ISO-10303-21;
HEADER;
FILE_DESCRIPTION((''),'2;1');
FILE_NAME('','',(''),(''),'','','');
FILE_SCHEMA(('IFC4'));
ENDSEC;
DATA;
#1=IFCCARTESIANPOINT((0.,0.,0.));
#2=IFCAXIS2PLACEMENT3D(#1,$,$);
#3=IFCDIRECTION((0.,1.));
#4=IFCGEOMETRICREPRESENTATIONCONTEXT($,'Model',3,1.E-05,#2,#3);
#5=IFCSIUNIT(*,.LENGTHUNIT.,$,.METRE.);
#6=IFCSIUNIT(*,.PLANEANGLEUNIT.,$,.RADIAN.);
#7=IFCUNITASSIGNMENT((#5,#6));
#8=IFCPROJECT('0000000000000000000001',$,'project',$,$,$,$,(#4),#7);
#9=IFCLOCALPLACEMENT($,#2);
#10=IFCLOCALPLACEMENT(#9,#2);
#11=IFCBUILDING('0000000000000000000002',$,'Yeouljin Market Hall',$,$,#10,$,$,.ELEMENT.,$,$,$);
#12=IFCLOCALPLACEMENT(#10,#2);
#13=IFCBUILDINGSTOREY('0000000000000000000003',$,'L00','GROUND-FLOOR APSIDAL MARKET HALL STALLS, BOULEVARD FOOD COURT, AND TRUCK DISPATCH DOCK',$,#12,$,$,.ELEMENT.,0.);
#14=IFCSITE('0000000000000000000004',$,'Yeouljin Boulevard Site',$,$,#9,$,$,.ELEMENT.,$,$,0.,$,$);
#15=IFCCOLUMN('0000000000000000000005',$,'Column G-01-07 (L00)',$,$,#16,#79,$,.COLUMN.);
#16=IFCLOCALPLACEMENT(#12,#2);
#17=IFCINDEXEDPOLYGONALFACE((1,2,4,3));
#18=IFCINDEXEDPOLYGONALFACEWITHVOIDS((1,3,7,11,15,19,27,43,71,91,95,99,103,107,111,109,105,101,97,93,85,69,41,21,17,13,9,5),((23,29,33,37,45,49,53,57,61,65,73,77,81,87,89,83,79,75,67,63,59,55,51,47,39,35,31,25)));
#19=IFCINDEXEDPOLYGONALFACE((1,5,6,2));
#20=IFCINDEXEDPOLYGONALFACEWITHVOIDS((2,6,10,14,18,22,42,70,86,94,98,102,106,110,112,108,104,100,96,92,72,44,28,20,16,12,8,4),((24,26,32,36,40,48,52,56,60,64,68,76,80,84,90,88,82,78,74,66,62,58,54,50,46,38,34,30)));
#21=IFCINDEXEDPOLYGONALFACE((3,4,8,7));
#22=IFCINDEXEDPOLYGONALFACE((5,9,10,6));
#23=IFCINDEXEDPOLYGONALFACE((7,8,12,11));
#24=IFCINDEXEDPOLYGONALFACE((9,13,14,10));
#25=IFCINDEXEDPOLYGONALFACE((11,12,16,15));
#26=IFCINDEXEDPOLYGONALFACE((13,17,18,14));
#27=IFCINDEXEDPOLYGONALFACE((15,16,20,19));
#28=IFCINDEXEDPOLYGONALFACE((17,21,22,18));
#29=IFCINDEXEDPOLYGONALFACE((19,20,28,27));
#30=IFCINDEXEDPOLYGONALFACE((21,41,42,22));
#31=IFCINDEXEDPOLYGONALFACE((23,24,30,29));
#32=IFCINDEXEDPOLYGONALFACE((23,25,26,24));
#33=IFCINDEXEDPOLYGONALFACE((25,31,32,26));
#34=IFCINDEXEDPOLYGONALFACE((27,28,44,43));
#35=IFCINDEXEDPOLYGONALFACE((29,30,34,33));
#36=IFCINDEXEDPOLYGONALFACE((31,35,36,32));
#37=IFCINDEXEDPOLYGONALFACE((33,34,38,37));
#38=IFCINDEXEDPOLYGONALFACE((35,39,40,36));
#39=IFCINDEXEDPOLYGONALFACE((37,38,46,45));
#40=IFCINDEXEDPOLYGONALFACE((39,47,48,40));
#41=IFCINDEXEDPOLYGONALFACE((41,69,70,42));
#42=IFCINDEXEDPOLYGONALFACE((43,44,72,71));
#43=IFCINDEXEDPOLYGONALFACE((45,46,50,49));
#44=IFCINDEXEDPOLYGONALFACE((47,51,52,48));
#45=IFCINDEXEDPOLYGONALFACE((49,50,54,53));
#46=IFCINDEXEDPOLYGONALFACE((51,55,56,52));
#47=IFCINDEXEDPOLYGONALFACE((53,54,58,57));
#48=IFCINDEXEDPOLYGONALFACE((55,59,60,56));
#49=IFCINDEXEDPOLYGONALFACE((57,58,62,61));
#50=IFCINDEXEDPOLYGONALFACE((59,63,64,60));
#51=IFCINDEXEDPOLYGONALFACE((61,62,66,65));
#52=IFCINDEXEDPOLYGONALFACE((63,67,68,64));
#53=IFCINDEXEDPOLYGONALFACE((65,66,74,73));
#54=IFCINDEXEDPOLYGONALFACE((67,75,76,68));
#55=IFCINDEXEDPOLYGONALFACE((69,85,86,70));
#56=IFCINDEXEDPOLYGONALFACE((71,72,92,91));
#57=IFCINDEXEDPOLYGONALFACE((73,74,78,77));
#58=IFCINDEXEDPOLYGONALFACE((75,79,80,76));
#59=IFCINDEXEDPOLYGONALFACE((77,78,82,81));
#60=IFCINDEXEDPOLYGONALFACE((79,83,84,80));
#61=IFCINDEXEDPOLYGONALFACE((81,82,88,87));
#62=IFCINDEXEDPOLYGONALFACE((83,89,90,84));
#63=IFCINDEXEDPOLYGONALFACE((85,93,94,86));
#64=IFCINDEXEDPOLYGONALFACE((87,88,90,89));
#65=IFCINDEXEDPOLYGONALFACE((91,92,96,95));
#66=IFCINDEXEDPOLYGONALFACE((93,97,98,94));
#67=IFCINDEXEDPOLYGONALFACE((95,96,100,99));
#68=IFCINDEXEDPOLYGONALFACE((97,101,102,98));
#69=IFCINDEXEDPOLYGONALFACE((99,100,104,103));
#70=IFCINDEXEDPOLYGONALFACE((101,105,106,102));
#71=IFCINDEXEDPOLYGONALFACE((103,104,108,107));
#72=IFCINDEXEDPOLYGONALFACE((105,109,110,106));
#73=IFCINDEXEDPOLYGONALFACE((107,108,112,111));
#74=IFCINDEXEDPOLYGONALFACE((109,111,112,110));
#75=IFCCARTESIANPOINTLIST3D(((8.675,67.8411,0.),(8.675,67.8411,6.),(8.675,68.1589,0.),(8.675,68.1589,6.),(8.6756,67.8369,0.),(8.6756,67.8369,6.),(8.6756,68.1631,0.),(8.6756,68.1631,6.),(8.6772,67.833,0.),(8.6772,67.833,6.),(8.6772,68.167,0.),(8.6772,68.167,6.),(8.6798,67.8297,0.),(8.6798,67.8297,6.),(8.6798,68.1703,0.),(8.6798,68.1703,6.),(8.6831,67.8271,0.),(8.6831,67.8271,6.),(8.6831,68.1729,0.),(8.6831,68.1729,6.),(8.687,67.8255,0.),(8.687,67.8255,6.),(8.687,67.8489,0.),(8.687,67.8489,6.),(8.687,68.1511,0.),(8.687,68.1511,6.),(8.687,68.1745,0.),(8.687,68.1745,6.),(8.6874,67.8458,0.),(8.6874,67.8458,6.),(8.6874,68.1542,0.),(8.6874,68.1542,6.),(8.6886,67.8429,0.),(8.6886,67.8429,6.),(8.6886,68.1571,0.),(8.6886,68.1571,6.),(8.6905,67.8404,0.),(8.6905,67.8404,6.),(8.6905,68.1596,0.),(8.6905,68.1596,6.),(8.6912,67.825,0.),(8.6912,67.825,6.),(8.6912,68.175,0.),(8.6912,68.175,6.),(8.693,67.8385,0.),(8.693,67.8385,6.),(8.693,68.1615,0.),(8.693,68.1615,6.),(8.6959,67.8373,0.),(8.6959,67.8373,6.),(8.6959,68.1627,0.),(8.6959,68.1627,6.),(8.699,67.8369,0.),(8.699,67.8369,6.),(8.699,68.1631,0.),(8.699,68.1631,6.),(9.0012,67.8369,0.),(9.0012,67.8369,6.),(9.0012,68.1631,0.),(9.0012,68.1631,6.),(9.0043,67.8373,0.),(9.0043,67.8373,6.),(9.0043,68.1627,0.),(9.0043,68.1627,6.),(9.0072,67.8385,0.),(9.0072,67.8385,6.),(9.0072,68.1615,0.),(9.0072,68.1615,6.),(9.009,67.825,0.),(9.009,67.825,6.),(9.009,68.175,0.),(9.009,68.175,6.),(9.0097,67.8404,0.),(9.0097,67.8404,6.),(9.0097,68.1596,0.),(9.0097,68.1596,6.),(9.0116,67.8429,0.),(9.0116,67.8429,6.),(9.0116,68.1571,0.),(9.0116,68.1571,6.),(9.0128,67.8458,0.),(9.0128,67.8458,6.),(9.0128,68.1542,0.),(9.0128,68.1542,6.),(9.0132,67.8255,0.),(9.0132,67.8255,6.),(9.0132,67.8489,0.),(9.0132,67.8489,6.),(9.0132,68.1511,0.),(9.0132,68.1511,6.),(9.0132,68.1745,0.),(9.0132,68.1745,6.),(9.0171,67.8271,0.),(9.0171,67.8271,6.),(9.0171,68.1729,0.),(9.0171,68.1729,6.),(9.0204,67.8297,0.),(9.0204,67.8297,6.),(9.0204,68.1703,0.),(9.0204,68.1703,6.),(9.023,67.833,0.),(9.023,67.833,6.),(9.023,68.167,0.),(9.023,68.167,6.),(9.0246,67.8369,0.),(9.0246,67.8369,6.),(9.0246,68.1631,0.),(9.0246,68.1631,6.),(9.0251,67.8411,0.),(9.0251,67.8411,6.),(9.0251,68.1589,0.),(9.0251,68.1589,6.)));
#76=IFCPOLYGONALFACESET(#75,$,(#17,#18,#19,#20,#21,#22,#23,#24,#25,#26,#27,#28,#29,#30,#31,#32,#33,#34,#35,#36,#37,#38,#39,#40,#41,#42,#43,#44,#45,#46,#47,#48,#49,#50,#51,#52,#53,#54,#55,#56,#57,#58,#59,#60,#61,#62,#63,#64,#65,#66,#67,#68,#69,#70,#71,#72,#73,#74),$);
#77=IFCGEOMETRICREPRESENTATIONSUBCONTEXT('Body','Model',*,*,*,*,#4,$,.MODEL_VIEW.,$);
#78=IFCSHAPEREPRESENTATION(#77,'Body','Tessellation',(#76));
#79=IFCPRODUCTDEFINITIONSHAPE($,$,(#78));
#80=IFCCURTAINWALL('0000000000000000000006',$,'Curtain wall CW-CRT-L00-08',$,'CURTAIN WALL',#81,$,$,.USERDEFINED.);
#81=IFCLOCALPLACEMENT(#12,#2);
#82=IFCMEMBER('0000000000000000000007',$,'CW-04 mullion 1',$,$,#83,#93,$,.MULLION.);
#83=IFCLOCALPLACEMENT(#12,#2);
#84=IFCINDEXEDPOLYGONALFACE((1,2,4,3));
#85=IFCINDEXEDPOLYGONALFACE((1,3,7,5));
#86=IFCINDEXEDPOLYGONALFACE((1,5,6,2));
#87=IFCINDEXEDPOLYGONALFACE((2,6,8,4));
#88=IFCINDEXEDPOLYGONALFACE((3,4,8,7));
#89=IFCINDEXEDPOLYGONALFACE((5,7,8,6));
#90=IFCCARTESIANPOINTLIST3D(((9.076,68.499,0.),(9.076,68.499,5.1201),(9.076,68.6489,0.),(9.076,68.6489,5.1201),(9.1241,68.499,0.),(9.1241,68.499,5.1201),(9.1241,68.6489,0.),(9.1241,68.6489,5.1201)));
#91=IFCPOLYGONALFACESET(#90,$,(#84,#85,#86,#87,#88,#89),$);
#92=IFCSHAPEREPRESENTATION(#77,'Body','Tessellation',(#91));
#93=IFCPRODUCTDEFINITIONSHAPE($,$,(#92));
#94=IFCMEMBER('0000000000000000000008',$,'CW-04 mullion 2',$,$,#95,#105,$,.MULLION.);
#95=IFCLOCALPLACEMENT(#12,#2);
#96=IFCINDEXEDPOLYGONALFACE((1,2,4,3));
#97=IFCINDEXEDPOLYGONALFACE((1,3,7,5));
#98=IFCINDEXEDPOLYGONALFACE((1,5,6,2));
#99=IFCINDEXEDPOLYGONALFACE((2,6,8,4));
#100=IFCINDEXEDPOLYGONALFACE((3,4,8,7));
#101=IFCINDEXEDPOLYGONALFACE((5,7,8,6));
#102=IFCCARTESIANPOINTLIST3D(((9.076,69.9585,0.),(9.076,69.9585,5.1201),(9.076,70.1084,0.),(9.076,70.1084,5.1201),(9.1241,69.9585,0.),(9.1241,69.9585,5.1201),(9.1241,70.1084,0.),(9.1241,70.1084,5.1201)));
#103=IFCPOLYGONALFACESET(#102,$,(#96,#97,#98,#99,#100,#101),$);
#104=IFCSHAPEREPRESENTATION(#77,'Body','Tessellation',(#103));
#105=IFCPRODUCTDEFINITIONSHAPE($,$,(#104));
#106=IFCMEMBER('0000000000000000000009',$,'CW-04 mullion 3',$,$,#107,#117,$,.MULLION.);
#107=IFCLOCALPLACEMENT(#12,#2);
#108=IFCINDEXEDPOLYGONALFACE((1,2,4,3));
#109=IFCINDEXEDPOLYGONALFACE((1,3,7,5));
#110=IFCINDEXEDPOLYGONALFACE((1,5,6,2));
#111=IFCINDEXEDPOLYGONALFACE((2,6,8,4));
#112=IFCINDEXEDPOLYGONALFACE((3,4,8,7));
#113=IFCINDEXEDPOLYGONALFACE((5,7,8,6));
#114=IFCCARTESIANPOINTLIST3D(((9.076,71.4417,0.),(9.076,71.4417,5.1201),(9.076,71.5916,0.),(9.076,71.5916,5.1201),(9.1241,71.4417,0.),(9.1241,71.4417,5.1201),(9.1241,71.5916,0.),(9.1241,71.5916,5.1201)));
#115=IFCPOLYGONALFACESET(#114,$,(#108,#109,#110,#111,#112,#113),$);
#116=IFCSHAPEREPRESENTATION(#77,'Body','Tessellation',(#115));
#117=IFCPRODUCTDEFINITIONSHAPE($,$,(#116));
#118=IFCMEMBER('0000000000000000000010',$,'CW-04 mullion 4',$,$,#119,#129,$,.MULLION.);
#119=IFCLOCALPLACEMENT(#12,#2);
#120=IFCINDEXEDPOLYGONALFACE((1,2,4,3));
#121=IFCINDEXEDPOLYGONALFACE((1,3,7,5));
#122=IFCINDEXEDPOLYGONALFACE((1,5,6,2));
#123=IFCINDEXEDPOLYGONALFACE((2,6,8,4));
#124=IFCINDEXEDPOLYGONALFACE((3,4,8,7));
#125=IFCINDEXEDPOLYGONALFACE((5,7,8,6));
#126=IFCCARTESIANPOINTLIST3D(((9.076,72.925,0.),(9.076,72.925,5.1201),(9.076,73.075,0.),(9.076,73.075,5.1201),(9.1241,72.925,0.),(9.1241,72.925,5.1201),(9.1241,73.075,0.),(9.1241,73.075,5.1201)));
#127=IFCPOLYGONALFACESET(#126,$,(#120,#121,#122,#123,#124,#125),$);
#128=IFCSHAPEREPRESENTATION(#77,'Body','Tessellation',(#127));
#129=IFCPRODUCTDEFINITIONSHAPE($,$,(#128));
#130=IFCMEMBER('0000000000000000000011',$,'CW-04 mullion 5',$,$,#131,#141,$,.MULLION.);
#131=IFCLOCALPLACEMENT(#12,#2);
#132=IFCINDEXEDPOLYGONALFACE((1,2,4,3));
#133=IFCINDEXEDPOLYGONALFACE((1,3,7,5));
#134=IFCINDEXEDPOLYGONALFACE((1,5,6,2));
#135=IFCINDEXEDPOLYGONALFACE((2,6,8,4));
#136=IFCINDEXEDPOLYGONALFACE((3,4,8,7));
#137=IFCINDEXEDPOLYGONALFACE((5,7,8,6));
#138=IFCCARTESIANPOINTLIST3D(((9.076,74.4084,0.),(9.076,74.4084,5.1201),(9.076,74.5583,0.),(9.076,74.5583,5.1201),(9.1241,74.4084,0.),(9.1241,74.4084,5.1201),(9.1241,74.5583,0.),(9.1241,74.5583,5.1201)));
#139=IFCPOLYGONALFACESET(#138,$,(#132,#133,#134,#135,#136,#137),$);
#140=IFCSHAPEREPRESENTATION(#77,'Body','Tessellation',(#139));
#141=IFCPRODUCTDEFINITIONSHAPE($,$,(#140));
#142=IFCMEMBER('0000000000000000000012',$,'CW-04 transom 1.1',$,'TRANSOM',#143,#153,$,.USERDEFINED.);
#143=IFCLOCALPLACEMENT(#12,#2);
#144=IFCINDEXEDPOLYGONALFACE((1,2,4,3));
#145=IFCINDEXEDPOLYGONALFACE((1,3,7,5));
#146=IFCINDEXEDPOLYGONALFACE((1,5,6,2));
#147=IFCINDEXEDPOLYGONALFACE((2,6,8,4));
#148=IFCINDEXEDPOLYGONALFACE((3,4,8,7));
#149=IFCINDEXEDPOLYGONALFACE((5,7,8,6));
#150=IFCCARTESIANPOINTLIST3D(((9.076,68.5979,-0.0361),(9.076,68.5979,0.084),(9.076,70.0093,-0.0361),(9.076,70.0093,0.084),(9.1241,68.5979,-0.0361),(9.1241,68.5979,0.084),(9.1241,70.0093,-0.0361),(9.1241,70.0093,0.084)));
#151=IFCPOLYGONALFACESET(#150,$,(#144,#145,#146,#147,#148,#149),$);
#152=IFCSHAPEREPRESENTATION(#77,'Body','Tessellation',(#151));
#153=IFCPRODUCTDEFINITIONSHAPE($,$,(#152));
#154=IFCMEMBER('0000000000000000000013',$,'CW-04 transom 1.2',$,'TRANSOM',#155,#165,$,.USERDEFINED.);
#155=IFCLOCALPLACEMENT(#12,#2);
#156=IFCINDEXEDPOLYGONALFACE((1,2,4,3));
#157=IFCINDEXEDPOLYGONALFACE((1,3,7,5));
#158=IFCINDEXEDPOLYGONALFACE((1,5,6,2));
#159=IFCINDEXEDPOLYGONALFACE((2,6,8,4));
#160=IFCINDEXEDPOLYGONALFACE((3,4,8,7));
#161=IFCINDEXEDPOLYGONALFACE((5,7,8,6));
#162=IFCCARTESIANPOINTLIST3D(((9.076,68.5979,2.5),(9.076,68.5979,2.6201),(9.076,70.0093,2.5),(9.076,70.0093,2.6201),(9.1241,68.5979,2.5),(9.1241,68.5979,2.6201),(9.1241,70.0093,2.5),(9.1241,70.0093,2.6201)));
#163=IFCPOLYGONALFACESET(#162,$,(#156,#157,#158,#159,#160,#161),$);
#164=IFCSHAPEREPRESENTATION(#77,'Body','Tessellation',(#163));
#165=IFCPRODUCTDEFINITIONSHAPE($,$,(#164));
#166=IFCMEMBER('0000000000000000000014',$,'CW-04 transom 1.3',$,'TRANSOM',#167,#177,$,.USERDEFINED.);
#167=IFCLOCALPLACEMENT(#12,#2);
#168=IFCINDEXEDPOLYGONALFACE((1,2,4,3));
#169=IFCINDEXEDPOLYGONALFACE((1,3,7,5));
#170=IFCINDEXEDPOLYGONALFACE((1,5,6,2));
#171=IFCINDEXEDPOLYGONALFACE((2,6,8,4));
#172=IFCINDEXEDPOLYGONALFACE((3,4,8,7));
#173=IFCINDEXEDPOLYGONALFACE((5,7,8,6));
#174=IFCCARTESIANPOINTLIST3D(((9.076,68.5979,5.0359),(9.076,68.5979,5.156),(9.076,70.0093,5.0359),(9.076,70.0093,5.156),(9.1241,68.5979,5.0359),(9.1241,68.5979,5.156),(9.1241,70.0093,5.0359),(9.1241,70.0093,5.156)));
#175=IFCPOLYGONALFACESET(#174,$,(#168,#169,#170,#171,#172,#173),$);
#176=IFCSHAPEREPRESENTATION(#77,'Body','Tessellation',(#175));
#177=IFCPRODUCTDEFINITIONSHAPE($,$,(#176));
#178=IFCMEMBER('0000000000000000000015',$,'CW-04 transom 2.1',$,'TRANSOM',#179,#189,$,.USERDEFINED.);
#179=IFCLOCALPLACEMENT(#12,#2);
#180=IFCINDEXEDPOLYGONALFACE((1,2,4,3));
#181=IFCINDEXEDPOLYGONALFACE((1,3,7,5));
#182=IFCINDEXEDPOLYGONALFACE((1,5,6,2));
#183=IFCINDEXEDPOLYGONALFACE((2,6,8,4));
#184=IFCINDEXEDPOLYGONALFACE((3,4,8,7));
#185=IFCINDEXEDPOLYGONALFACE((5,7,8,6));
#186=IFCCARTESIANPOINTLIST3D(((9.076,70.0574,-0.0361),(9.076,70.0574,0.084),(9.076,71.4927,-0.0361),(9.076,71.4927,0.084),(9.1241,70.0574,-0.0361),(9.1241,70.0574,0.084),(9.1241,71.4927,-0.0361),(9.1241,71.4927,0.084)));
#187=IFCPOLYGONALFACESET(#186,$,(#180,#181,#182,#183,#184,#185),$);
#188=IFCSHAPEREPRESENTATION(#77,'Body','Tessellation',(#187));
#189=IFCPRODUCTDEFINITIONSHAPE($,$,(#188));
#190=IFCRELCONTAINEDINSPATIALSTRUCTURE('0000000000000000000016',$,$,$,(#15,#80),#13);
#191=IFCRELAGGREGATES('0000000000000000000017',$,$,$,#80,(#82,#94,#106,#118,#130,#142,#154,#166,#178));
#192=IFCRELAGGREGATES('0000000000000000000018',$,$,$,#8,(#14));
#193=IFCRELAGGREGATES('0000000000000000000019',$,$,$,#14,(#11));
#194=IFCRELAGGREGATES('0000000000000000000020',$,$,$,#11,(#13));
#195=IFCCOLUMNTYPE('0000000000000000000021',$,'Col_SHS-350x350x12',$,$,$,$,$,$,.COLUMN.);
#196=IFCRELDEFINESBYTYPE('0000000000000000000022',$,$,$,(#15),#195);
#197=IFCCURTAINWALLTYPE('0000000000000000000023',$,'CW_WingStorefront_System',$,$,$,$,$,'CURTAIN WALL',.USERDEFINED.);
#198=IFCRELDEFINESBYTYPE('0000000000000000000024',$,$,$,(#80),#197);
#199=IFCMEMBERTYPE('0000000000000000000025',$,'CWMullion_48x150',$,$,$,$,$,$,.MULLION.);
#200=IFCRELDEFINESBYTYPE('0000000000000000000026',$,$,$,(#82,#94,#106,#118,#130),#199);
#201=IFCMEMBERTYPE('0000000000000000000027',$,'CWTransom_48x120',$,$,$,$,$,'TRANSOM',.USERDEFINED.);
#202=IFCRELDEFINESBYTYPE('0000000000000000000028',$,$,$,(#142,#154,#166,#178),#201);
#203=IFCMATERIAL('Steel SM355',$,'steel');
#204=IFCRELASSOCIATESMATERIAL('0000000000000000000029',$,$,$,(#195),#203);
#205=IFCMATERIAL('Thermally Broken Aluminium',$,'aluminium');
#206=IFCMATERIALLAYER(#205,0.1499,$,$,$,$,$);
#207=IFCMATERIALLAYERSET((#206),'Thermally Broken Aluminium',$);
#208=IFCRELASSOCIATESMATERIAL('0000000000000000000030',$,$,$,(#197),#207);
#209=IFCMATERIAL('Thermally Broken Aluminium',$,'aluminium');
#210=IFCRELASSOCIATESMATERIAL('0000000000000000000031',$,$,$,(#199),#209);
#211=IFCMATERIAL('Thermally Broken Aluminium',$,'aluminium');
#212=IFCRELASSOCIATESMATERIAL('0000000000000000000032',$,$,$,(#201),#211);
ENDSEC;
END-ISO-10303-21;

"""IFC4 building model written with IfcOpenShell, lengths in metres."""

from ifc_helpers import new_model, si_unit, direction, frame, origin, origin_2d, place, context, subcontext, project, spatial, rectangle, hollow_rectangle, extrude, material, layer, layer_set, material_profile, profile_set, type_object, element, aggregate, save


model = new_model("IFC4")

# Units and contexts
model_context = context("Model", 3, precision=1e-05, world=origin(), true_north=direction((0.0, 1.0)))
body_context = subcontext(model_context, "Body", "Model", "MODEL_VIEW")
ifc_project = project(units=[si_unit("LENGTHUNIT", "METRE"), si_unit("PLANEANGLEUNIT", "RADIAN")], contexts=[model_context])

# Site, building, storey
site_placement = place(None, origin())
site = spatial("IfcSite", under=ifc_project, at=site_placement, Name="Yeouljin Boulevard Site", CompositionType="ELEMENT", RefElevation=0.0)
building_placement = place(site_placement, origin())
building = spatial("IfcBuilding", under=site, at=building_placement, Name="Yeouljin Market Hall", CompositionType="ELEMENT")
storey_placement = place(building_placement, origin())
storey = spatial("IfcBuildingStorey", under=building, at=storey_placement, Name="L00", Description="GROUND-FLOOR APSIDAL MARKET HALL STALLS, BOULEVARD FOOD COURT, AND TRUCK DISPATCH DOCK", CompositionType="ELEMENT", Elevation=0.0)

# Column
ifc_material_1 = material(Name="Steel SM355", Category="steel")
ifc_material_profile_1 = material_profile(ifc_material_1, hollow_rectangle(XDim=0.3501, YDim=0.3501, WallThickness=0.012, InnerFilletRadius=0.012, OuterFilletRadius=0.0161, at=origin_2d()), Name="SHS-350x350x12")
ifc_profile_set_1 = profile_set([ifc_material_profile_1], Name="Steel SM355")
column_type = type_object("IfcColumnType", Name="Col_SHS-350x350x12", PredefinedType="COLUMN", material=ifc_profile_set_1)
column_placement = place(storey_placement, frame((8.8501, 68.0, 0.0), z_axis=(0.0, 0.0, 1.0), x_axis=(1.0, 0.0, 0.0)))
element("IfcColumn", 1, at=column_placement, inside=storey, type_object=column_type, Name="Column G-01-07 (L00)", PredefinedType="COLUMN", context=body_context, shape_type="SweptSolid", body=[
    extrude(hollow_rectangle(XDim=0.3501, YDim=0.3501, WallThickness=0.012, InnerFilletRadius=0.012, OuterFilletRadius=0.0161, at=origin_2d()), origin(), (0.0, 0.0, 1.0), 6.0),
])

# Curtain wall, members
ifc_material_2 = material(Name="Thermally Broken Aluminium", Category="aluminium")
ifc_layer_1 = layer(ifc_material_2, 0.1499)
ifc_layer_set_1 = layer_set([ifc_layer_1], Name="Thermally Broken Aluminium")
curtain_wall_type_1 = type_object("IfcCurtainWallType", Name="CW_WingStorefront_System", ElementType="CURTAIN WALL", PredefinedType="USERDEFINED", material=ifc_layer_set_1)
curtain_wall_1_placement = place(storey_placement, origin())
curtain_wall_1 = element("IfcCurtainWall", 2, at=curtain_wall_1_placement, inside=storey, type_object=curtain_wall_type_1, Name="Curtain wall CW-CRT-L00-08", ObjectType="CURTAIN WALL", PredefinedType="USERDEFINED")
ifc_material_3 = material(Name="Thermally Broken Aluminium", Category="aluminium")
ifc_material_profile_2 = material_profile(ifc_material_3, rectangle(XDim=0.0481, YDim=0.1499, at=origin_2d()), Name="CW-MULL-48x150")
ifc_profile_set_2 = profile_set([ifc_material_profile_2], Name="Thermally Broken Aluminium")
member_type_1 = type_object("IfcMemberType", Name="CWMullion_48x150", PredefinedType="MULLION", material=ifc_profile_set_2)
member_1_placement = place(storey_placement, frame((9.1001, 68.574, 0.0), z_axis=(0.0, 0.0, 1.0), x_axis=(-1.0, 0.0, 0.0)))
member_1 = element("IfcMember", 3, at=member_1_placement, type_object=member_type_1, Name="CW-04 mullion 1", PredefinedType="MULLION", context=body_context, shape_type="SweptSolid", body=[
    extrude(rectangle(XDim=0.0481, YDim=0.1499, at=origin_2d()), origin(), (0.0, 0.0, 1.0), 5.1201),
])
member_2_placement = place(storey_placement, frame((9.1001, 70.0334, 0.0), z_axis=(0.0, 0.0, 1.0), x_axis=(-1.0, 0.0, 0.0)))
member_2 = element("IfcMember", 4, at=member_2_placement, type_object=member_type_1, Name="CW-04 mullion 2", PredefinedType="MULLION", context=body_context, shape_type="SweptSolid", body=[
    extrude(rectangle(XDim=0.0481, YDim=0.1499, at=origin_2d()), origin(), (0.0, 0.0, 1.0), 5.1201),
])
member_3_placement = place(storey_placement, frame((9.1001, 71.5166, 0.0), z_axis=(0.0, 0.0, 1.0), x_axis=(-1.0, 0.0, 0.0)))
member_3 = element("IfcMember", 5, at=member_3_placement, type_object=member_type_1, Name="CW-04 mullion 3", PredefinedType="MULLION", context=body_context, shape_type="SweptSolid", body=[
    extrude(rectangle(XDim=0.0481, YDim=0.1499, at=origin_2d()), origin(), (0.0, 0.0, 1.0), 5.1201),
])
member_4_placement = place(storey_placement, frame((9.1001, 73.0, 0.0), z_axis=(0.0, 0.0, 1.0), x_axis=(-1.0, 0.0, 0.0)))
member_4 = element("IfcMember", 6, at=member_4_placement, type_object=member_type_1, Name="CW-04 mullion 4", PredefinedType="MULLION", context=body_context, shape_type="SweptSolid", body=[
    extrude(rectangle(XDim=0.0481, YDim=0.1499, at=origin_2d()), origin(), (0.0, 0.0, 1.0), 5.1201),
])
member_5_placement = place(storey_placement, frame((9.1001, 74.4834, 0.0), z_axis=(0.0, 0.0, 1.0), x_axis=(-1.0, 0.0, 0.0)))
member_5 = element("IfcMember", 7, at=member_5_placement, type_object=member_type_1, Name="CW-04 mullion 5", PredefinedType="MULLION", context=body_context, shape_type="SweptSolid", body=[
    extrude(rectangle(XDim=0.0481, YDim=0.1499, at=origin_2d()), origin(), (0.0, 0.0, 1.0), 5.1201),
])
ifc_material_4 = material(Name="Thermally Broken Aluminium", Category="aluminium")
ifc_material_profile_3 = material_profile(ifc_material_4, rectangle(XDim=0.0481, YDim=0.1201, at=origin_2d()), Name="CW-TRAN-48x120")
ifc_profile_set_3 = profile_set([ifc_material_profile_3], Name="Thermally Broken Aluminium")
member_type_2 = type_object("IfcMemberType", Name="CWTransom_48x120", ElementType="TRANSOM", PredefinedType="USERDEFINED", material=ifc_profile_set_3)
member_6_placement = place(storey_placement, frame((9.1001, 68.5979, 0.0239), z_axis=(0.0, 1.0, 0.0), x_axis=(-1.0, 0.0, 0.0)))
member_6 = element("IfcMember", 8, at=member_6_placement, type_object=member_type_2, Name="CW-04 transom 1.1", ObjectType="TRANSOM", PredefinedType="USERDEFINED", context=body_context, shape_type="SweptSolid", body=[
    extrude(rectangle(XDim=0.0481, YDim=0.1201, at=origin_2d()), origin(), (0.0, 0.0, 1.0), 1.4114),
])
member_7_placement = place(storey_placement, frame((9.1001, 68.5979, 2.5601), z_axis=(0.0, 1.0, 0.0), x_axis=(-1.0, 0.0, 0.0)))
member_7 = element("IfcMember", 9, at=member_7_placement, type_object=member_type_2, Name="CW-04 transom 1.2", ObjectType="TRANSOM", PredefinedType="USERDEFINED", context=body_context, shape_type="SweptSolid", body=[
    extrude(rectangle(XDim=0.0481, YDim=0.1201, at=origin_2d()), origin(), (0.0, 0.0, 1.0), 1.4114),
])
member_8_placement = place(storey_placement, frame((9.1001, 68.5979, 5.0959), z_axis=(0.0, 1.0, 0.0), x_axis=(-1.0, 0.0, 0.0)))
member_8 = element("IfcMember", 10, at=member_8_placement, type_object=member_type_2, Name="CW-04 transom 1.3", ObjectType="TRANSOM", PredefinedType="USERDEFINED", context=body_context, shape_type="SweptSolid", body=[
    extrude(rectangle(XDim=0.0481, YDim=0.1201, at=origin_2d()), origin(), (0.0, 0.0, 1.0), 1.4114),
])
member_9_placement = place(storey_placement, frame((9.1001, 70.0574, 0.0239), z_axis=(0.0, 1.0, 0.0), x_axis=(-1.0, 0.0, 0.0)))
member_9 = element("IfcMember", 11, at=member_9_placement, type_object=member_type_2, Name="CW-04 transom 2.1", ObjectType="TRANSOM", PredefinedType="USERDEFINED", context=body_context, shape_type="SweptSolid", body=[
    extrude(rectangle(XDim=0.0481, YDim=0.1201, at=origin_2d()), origin(), (0.0, 0.0, 1.0), 1.4353),
])

aggregate(curtain_wall_1, [member_1, member_2, member_3, member_4, member_5, member_6, member_7, member_8, member_9])

save(model, "model.ifc")
